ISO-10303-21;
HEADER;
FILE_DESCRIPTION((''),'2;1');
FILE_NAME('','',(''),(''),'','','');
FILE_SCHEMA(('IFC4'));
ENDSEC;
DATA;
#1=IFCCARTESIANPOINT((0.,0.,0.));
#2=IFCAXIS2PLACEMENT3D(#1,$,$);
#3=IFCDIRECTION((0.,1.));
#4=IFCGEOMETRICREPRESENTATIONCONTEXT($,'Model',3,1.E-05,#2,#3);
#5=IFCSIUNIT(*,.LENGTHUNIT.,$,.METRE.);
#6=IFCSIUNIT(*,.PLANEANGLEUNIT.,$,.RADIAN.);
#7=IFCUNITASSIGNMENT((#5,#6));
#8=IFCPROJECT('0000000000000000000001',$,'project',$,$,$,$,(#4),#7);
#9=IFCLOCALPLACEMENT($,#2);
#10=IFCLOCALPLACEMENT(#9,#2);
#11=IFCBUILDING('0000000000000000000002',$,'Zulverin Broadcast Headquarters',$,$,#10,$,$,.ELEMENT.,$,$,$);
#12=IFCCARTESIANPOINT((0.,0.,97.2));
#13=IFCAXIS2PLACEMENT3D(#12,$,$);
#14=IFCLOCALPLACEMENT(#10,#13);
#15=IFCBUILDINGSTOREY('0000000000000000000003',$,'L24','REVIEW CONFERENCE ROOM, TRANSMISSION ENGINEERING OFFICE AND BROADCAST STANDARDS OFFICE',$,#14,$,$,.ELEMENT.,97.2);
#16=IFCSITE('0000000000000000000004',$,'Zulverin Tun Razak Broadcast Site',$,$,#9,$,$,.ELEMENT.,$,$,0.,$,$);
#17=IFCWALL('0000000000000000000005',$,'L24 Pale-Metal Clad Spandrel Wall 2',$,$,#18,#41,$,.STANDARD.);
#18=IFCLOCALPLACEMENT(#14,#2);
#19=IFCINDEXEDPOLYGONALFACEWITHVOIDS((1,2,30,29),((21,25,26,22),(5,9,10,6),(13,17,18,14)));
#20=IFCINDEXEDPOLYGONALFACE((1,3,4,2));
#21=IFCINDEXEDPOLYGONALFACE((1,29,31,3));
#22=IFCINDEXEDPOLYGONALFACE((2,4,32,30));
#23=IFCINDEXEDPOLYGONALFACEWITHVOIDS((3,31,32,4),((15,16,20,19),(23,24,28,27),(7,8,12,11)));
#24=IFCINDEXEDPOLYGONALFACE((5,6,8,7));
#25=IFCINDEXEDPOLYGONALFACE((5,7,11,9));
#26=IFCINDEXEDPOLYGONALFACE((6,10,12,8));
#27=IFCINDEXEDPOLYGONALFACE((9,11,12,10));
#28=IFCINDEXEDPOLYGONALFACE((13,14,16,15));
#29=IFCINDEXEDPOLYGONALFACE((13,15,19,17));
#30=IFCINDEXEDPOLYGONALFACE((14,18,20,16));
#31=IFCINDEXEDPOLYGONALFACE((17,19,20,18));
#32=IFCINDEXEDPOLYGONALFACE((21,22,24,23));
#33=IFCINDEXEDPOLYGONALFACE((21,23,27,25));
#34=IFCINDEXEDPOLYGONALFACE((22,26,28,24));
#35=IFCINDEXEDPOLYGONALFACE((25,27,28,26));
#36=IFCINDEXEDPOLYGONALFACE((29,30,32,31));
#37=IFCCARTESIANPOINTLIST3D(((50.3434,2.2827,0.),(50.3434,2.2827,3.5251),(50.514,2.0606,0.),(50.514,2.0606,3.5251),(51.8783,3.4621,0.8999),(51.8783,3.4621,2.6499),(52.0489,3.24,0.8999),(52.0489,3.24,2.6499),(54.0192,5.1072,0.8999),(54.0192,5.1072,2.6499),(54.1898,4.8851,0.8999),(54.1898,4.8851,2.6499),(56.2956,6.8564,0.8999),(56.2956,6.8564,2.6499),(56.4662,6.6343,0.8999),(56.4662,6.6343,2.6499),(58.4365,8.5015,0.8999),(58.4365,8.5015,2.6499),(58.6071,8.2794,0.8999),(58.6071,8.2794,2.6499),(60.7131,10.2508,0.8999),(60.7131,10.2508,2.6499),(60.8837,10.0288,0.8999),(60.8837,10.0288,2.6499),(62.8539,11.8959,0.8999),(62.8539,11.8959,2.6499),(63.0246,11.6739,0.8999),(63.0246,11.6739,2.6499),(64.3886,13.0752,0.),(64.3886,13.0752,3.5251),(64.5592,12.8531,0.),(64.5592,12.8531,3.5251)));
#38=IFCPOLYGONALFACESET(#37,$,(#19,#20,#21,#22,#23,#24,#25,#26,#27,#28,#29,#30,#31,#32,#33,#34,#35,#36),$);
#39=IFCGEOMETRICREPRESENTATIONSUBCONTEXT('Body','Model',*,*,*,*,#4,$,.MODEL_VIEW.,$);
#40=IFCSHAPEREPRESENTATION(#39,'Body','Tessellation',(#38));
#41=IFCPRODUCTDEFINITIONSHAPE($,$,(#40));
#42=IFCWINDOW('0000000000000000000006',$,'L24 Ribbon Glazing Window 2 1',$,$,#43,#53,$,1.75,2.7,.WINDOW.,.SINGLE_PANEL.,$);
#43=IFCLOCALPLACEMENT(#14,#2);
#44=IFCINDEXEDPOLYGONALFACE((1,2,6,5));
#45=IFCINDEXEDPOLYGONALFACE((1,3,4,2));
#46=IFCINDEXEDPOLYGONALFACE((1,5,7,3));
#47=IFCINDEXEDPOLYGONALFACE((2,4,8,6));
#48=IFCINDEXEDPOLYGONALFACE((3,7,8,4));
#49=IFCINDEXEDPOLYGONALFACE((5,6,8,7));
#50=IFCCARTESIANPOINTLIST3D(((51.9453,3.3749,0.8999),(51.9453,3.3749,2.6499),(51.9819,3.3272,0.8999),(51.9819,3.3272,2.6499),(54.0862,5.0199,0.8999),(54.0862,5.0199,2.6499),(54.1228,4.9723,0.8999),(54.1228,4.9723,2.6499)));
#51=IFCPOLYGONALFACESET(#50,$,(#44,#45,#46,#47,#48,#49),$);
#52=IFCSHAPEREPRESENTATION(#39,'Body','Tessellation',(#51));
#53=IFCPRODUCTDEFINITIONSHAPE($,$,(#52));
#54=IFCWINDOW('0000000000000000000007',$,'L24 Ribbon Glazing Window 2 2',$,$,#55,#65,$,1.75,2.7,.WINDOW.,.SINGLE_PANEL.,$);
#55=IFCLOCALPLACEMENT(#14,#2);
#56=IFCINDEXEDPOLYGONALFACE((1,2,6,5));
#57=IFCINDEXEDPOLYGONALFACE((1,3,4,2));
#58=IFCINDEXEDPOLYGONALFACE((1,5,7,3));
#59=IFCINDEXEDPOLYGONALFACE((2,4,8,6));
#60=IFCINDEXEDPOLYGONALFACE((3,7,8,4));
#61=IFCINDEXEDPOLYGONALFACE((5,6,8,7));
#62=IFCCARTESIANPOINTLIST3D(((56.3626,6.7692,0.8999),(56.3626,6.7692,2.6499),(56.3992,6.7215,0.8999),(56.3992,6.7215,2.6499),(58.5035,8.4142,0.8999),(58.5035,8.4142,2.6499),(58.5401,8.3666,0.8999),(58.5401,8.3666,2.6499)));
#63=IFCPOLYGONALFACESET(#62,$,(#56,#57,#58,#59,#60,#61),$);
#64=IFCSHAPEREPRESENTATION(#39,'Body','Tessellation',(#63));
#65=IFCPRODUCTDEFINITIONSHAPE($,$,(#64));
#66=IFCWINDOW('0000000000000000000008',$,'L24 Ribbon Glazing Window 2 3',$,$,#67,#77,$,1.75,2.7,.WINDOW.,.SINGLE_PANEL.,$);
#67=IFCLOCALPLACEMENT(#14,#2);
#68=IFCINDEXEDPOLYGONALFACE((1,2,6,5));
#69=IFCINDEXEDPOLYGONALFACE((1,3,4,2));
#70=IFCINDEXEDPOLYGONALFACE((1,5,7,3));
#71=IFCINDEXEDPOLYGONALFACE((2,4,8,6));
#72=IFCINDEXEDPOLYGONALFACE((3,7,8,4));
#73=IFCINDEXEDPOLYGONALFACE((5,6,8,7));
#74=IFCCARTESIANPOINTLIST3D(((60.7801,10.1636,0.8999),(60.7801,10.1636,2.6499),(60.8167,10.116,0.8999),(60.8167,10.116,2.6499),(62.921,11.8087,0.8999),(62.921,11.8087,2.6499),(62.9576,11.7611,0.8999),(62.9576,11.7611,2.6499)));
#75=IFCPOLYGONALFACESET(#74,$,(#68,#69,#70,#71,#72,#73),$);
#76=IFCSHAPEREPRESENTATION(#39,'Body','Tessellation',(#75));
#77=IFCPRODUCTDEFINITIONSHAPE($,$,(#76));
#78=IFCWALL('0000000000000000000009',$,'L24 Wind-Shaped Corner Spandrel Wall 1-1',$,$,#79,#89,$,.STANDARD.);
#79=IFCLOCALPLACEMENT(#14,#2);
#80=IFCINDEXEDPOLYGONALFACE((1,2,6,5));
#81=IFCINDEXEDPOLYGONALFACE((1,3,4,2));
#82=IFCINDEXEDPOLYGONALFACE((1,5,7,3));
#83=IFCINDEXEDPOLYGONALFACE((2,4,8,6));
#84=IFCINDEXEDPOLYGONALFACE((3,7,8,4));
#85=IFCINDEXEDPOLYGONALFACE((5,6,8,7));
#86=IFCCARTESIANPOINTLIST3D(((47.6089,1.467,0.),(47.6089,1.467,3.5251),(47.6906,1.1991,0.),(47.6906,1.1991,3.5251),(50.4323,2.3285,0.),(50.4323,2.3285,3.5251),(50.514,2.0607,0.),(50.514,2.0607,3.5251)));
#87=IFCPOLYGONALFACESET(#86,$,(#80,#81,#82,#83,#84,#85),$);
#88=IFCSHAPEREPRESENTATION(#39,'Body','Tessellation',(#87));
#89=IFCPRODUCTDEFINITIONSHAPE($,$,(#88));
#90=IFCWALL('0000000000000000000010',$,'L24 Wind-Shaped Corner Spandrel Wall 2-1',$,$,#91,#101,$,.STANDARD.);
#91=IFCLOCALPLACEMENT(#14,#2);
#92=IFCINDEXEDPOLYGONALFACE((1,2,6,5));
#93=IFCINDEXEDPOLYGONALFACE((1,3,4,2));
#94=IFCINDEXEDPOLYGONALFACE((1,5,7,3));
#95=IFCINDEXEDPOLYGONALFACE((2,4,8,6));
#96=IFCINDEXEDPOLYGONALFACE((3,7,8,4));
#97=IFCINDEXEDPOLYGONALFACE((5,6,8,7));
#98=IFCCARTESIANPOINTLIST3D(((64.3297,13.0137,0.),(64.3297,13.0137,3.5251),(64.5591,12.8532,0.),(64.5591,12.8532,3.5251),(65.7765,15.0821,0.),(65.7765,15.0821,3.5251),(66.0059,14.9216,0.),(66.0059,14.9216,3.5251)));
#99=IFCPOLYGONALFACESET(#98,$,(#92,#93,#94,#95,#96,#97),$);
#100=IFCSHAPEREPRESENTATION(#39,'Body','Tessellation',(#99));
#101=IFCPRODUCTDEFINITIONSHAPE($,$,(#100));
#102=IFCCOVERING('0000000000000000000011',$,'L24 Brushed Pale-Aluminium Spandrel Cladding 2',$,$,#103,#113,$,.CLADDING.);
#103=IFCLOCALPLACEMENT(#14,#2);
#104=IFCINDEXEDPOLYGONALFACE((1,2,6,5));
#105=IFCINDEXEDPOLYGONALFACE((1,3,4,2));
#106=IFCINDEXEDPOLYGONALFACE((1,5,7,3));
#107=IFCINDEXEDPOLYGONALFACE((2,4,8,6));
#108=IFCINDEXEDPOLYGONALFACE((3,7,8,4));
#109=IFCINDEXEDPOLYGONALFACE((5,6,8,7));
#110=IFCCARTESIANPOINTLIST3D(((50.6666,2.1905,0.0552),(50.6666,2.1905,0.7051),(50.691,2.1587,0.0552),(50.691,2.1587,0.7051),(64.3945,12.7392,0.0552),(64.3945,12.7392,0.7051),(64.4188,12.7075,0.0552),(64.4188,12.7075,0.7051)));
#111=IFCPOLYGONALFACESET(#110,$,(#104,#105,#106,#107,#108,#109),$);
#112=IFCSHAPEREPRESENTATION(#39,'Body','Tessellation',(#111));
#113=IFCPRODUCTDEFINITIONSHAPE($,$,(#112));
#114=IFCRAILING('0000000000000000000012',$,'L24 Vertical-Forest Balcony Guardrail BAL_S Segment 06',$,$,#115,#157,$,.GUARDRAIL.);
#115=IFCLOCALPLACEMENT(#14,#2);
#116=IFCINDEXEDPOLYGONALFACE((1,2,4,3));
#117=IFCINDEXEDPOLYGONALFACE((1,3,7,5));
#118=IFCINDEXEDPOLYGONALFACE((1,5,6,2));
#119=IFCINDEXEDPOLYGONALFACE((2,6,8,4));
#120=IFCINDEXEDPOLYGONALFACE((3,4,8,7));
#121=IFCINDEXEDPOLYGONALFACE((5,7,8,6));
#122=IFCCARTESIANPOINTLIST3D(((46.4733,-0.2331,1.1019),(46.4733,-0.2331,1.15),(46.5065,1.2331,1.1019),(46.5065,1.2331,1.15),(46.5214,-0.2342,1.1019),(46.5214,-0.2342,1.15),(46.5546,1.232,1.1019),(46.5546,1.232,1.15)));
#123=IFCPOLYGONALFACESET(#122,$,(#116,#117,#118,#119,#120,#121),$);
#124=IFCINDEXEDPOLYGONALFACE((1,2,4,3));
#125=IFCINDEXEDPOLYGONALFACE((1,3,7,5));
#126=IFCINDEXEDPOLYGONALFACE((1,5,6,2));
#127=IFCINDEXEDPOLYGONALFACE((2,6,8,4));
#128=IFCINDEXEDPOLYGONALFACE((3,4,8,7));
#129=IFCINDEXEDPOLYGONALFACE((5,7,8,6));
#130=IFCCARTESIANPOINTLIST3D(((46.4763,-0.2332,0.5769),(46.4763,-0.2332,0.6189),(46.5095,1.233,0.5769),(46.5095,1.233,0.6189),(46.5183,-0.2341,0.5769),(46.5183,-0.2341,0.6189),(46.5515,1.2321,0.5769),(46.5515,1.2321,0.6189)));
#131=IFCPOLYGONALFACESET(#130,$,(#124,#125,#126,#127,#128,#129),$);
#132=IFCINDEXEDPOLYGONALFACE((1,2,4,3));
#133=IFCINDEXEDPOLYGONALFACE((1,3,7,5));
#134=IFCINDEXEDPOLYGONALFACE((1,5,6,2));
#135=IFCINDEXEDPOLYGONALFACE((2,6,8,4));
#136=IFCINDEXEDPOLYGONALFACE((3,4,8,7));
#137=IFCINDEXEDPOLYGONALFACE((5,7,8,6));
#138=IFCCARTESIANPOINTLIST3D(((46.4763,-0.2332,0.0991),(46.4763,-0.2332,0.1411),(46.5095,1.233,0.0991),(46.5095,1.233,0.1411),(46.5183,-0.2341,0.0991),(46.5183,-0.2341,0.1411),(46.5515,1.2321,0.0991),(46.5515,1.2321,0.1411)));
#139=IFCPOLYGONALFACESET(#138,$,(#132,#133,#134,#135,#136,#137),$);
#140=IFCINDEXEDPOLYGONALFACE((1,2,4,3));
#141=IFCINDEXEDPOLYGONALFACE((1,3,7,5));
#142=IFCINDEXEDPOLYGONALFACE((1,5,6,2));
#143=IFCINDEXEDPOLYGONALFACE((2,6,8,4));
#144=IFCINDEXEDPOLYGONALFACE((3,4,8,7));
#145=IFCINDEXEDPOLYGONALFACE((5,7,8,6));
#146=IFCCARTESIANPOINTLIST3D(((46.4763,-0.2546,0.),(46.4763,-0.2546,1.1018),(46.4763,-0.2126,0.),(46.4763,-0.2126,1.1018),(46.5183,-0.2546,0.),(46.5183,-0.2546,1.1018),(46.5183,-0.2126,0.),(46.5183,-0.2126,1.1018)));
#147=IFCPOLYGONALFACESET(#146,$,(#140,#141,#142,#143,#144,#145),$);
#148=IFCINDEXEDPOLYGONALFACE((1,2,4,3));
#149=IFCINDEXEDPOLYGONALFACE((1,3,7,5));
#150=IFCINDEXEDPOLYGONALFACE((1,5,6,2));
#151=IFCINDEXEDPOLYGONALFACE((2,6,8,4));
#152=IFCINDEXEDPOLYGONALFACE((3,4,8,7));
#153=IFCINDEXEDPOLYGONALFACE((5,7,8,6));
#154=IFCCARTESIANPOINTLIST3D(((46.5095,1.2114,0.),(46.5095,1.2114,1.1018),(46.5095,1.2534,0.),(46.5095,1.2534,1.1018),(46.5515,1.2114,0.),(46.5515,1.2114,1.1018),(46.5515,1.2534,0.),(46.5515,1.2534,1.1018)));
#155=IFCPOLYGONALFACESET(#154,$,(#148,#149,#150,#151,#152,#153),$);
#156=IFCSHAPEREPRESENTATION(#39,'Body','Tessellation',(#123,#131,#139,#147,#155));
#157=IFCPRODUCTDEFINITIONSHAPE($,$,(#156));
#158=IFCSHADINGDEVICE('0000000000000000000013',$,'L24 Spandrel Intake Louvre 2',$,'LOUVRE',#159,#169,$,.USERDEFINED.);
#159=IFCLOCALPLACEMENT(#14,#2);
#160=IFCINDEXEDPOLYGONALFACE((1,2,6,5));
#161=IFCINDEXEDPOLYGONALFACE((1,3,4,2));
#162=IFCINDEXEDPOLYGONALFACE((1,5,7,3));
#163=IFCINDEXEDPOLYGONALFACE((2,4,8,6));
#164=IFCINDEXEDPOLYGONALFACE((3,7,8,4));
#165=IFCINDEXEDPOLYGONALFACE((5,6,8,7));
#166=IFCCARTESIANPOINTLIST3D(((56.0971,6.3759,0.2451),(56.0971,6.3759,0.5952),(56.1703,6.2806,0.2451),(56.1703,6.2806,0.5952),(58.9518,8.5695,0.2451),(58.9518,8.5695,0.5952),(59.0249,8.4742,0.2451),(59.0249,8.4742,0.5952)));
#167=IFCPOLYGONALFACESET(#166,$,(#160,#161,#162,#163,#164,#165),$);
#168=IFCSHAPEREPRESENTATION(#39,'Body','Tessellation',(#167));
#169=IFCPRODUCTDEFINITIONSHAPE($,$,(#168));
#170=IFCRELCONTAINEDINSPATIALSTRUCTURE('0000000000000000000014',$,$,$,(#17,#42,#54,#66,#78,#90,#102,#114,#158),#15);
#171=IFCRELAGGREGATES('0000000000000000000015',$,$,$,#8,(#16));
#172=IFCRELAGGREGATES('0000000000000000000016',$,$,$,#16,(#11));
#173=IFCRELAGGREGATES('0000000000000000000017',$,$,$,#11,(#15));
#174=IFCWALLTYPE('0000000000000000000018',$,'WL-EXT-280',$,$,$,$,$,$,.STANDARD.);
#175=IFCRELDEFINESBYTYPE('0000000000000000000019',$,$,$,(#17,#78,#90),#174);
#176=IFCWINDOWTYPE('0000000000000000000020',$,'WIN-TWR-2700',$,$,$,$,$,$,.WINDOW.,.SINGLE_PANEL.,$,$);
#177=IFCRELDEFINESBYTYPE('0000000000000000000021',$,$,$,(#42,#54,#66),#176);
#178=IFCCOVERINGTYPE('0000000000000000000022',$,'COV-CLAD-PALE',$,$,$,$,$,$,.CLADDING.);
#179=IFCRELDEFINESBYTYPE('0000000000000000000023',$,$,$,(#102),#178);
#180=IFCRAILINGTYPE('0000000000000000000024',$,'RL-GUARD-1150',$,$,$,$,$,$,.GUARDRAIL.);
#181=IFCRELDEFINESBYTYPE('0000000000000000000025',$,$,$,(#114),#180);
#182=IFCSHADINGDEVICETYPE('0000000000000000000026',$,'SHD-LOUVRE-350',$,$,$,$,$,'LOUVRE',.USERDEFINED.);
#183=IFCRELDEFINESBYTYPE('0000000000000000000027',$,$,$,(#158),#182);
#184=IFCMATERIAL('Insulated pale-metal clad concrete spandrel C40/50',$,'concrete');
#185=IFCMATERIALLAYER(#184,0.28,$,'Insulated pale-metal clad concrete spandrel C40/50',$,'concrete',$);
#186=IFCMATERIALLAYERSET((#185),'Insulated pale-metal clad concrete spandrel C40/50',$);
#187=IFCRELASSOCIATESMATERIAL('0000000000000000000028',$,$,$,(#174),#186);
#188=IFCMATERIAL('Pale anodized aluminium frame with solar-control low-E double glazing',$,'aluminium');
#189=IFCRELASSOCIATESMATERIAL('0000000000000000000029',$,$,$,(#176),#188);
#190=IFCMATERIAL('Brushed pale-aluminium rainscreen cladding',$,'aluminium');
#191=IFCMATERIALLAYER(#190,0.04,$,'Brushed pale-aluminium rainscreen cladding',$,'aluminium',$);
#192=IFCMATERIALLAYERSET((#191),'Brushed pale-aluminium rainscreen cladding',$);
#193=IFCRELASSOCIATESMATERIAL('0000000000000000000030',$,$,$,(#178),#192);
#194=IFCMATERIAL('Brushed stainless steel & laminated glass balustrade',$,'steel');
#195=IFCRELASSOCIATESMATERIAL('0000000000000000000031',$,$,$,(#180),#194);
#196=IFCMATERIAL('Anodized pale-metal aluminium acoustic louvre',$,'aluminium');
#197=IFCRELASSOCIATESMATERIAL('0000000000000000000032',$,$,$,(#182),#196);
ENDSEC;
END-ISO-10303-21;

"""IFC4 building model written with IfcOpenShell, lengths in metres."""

from ifc_helpers import new_model, si_unit, direction, frame, frame_2d, origin, origin_2d, place, context, subcontext, project, spatial, rectangle, extrude, material, layer, layer_set, type_object, element, fill, save


model = new_model("IFC4")

# Units and contexts
model_context = context("Model", 3, precision=1e-05, world=origin(), true_north=direction((0.0, 1.0)))
body_context = subcontext(model_context, "Body", "Model", "MODEL_VIEW")
ifc_project = project(units=[si_unit("LENGTHUNIT", "METRE"), si_unit("PLANEANGLEUNIT", "RADIAN")], contexts=[model_context])

# Site, building, storey
site_placement = place(None, origin())
site = spatial("IfcSite", under=ifc_project, at=site_placement, Name="Zulverin Tun Razak Broadcast Site", CompositionType="ELEMENT", RefElevation=0.0)
building_placement = place(site_placement, origin())
building = spatial("IfcBuilding", under=site, at=building_placement, Name="Zulverin Broadcast Headquarters", CompositionType="ELEMENT")
storey_placement = place(building_placement, frame((0.0, 0.0, 97.2)))
storey = spatial("IfcBuildingStorey", under=building, at=storey_placement, Name="L24", Description="REVIEW CONFERENCE ROOM, TRANSMISSION ENGINEERING OFFICE AND BROADCAST STANDARDS OFFICE", CompositionType="ELEMENT", Elevation=97.2)

# Wall, openings, windows
ifc_material_1 = material(Name="Insulated pale-metal clad concrete spandrel C40/50", Category="concrete")
ifc_layer_1 = layer(ifc_material_1, 0.28, Name="Insulated pale-metal clad concrete spandrel C40/50", Category="concrete")
ifc_layer_set_1 = layer_set([ifc_layer_1], Name="Insulated pale-metal clad concrete spandrel C40/50")
wall_type = type_object("IfcWallType", Name="WL-EXT-280", PredefinedType="STANDARD", material=ifc_layer_set_1)
wall_1_placement = place(storey_placement, frame((50.4287, 2.1716, 0.0), z_axis=(0.0, 0.0, 1.0), x_axis=(0.792937, 0.609303, 0.0)))
wall_1 = element("IfcWall", 1, at=wall_1_placement, inside=storey, type_object=wall_type, Name="L24 Pale-Metal Clad Spandrel Wall 2", PredefinedType="STANDARD", context=body_context, shape_type="SweptSolid", body=[
    extrude(rectangle(XDim=17.7129, YDim=0.28, at=frame_2d((8.8564, 0.0))), origin(), (0.0, 0.0, 1.0), 3.5251),
])
opening_1_placement = place(wall_1_placement, frame((1.9355, 0.0, 0.8999)))
opening_1 = element("IfcOpeningElement", 2, at=opening_1_placement, cuts=wall_1, PredefinedType="OPENING", context=body_context, shape_type="SweptSolid", body=[
    extrude(rectangle(XDim=2.7, YDim=1.75, at=frame_2d((1.3501, 0.875))), frame((0.0, 0.1499, 0.0), z_axis=(0.0, -1.0, 0.0), x_axis=(1.0, 0.0, 0.0)), (0.0, 0.0, 1.0), 0.3),
])
opening_2_placement = place(wall_1_placement, frame((7.5063, 0.0, 0.8999)))
opening_2 = element("IfcOpeningElement", 3, at=opening_2_placement, cuts=wall_1, PredefinedType="OPENING", context=body_context, shape_type="SweptSolid", body=[
    extrude(rectangle(XDim=2.7, YDim=1.75, at=frame_2d((1.3501, 0.875))), frame((0.0, 0.1499, 0.0), z_axis=(0.0, -1.0, 0.0), x_axis=(1.0, 0.0, 0.0)), (0.0, 0.0, 1.0), 0.3),
])
opening_3_placement = place(wall_1_placement, frame((13.0774, 0.0, 0.8999)))
opening_3 = element("IfcOpeningElement", 4, at=opening_3_placement, cuts=wall_1, PredefinedType="OPENING", context=body_context, shape_type="SweptSolid", body=[
    extrude(rectangle(XDim=2.7, YDim=1.75, at=frame_2d((1.3501, 0.875))), frame((0.0, 0.1499, 0.0), z_axis=(0.0, -1.0, 0.0), x_axis=(1.0, 0.0, 0.0)), (0.0, 0.0, 1.0), 0.3),
])
ifc_material_2 = material(Name="Pale anodized aluminium frame with solar-control low-E double glazing", Category="aluminium")
window_type = type_object("IfcWindowType", Name="WIN-TWR-2700", PartitioningType="SINGLE_PANEL", PredefinedType="WINDOW", material=ifc_material_2)
window_1_placement = place(opening_1_placement, origin())
window_1 = element("IfcWindow", 5, at=window_1_placement, inside=storey, type_object=window_type, Name="L24 Ribbon Glazing Window 2 1", OverallHeight=1.75, OverallWidth=2.7, PartitioningType="SINGLE_PANEL", PredefinedType="WINDOW", context=body_context, shape_type="SweptSolid", body=[
    extrude(rectangle(XDim=2.7, YDim=1.75, at=frame_2d((1.3501, 0.875))), frame((0.0, 0.03, 0.0), z_axis=(0.0, -1.0, 0.0), x_axis=(1.0, 0.0, 0.0)), (0.0, 0.0, 1.0), 0.0601),
])
fill(opening_1, window_1)
window_2_placement = place(opening_2_placement, origin())
window_2 = element("IfcWindow", 6, at=window_2_placement, inside=storey, type_object=window_type, Name="L24 Ribbon Glazing Window 2 2", OverallHeight=1.75, OverallWidth=2.7, PartitioningType="SINGLE_PANEL", PredefinedType="WINDOW", context=body_context, shape_type="SweptSolid", body=[
    extrude(rectangle(XDim=2.7, YDim=1.75, at=frame_2d((1.3501, 0.875))), frame((0.0, 0.03, 0.0), z_axis=(0.0, -1.0, 0.0), x_axis=(1.0, 0.0, 0.0)), (0.0, 0.0, 1.0), 0.0601),
])
fill(opening_2, window_2)
window_3_placement = place(opening_3_placement, origin())
window_3 = element("IfcWindow", 7, at=window_3_placement, inside=storey, type_object=window_type, Name="L24 Ribbon Glazing Window 2 3", OverallHeight=1.75, OverallWidth=2.7, PartitioningType="SINGLE_PANEL", PredefinedType="WINDOW", context=body_context, shape_type="SweptSolid", body=[
    extrude(rectangle(XDim=2.7, YDim=1.75, at=frame_2d((1.3501, 0.875))), frame((0.0, 0.03, 0.0), z_axis=(0.0, -1.0, 0.0), x_axis=(1.0, 0.0, 0.0)), (0.0, 0.0, 1.0), 0.0601),
])
fill(opening_3, window_3)

# Walls
wall_2_placement = place(storey_placement, frame((47.6497, 1.333, 0.0), z_axis=(0.0, 0.0, 1.0), x_axis=(0.956461, 0.291859, 0.0)))
element("IfcWall", 8, at=wall_2_placement, inside=storey, type_object=wall_type, Name="L24 Wind-Shaped Corner Spandrel Wall 1-1", PredefinedType="STANDARD", context=body_context, shape_type="SweptSolid", body=[
    extrude(rectangle(XDim=2.9519, YDim=0.28, at=frame_2d((1.4761, 0.0))), origin(), (0.0, 0.0, 1.0), 3.5251),
])
wall_3_placement = place(storey_placement, frame((64.4443, 12.9333, 0.0), z_axis=(0.0, 0.0, 1.0), x_axis=(0.573177, 0.819432, 0.0)))
element("IfcWall", 9, at=wall_3_placement, inside=storey, type_object=wall_type, Name="L24 Wind-Shaped Corner Spandrel Wall 2-1", PredefinedType="STANDARD", context=body_context, shape_type="SweptSolid", body=[
    extrude(rectangle(XDim=2.5242, YDim=0.28, at=frame_2d((1.2622, 0.0))), origin(), (0.0, 0.0, 1.0), 3.5251),
])

# Covering
ifc_material_3 = material(Name="Brushed pale-aluminium rainscreen cladding", Category="aluminium")
ifc_layer_2 = layer(ifc_material_3, 0.04, Name="Brushed pale-aluminium rainscreen cladding", Category="aluminium")
ifc_layer_set_2 = layer_set([ifc_layer_2], Name="Brushed pale-aluminium rainscreen cladding")
covering_type = type_object("IfcCoveringType", Name="COV-CLAD-PALE", PredefinedType="CLADDING", material=ifc_layer_set_2)
covering_placement = place(storey_placement, frame((57.5427, 7.449, 0.0552), z_axis=(0.0, 0.0, 1.0), x_axis=(0.792933, 0.609308, 0.0)))
element("IfcCovering", 10, at=covering_placement, inside=storey, type_object=covering_type, Name="L24 Brushed Pale-Aluminium Spandrel Cladding 2", PredefinedType="CLADDING", context=body_context, shape_type="SweptSolid", body=[
    extrude(rectangle(XDim=17.3127, YDim=0.04, at=origin_2d()), origin(), (0.0, 0.0, 1.0), 0.6499),
])

# Railing
ifc_material_4 = material(Name="Brushed stainless steel & laminated glass balustrade", Category="steel")
railing_type = type_object("IfcRailingType", Name="RL-GUARD-1150", PredefinedType="GUARDRAIL", material=ifc_material_4)
railing_placement = place(storey_placement, frame((46.4973, -0.2336, 0.0)))
element("IfcRailing", 11, at=railing_placement, inside=storey, type_object=railing_type, Name="L24 Vertical-Forest Balcony Guardrail BAL_S Segment 06", PredefinedType="GUARDRAIL", context=body_context, shape_type="SweptSolid", body=[
    extrude(rectangle(XDim=0.0481, YDim=0.0481, at=origin_2d()), frame((0.0, 0.0, 1.126), z_axis=(0.022642, 0.999744, 0.0), x_axis=(-0.999744, 0.022642, 0.0)), (0.0, 0.0, 1.0), 1.4666),
    extrude(rectangle(XDim=0.042, YDim=0.042, at=origin_2d()), frame((0.0, 0.0, 0.5979), z_axis=(0.022642, 0.999744, 0.0), x_axis=(-0.999744, 0.022642, 0.0)), (0.0, 0.0, 1.0), 1.4666),
    extrude(rectangle(XDim=0.042, YDim=0.042, at=origin_2d()), frame((0.0, 0.0, 0.1201), z_axis=(0.022642, 0.999744, 0.0), x_axis=(-0.999744, 0.022642, 0.0)), (0.0, 0.0, 1.0), 1.4666),
    extrude(rectangle(XDim=0.042, YDim=0.042, at=origin_2d()), origin(), (0.0, 0.0, 1.0), 1.1018),
    extrude(rectangle(XDim=0.042, YDim=0.042, at=origin_2d()), frame((0.0332, 1.4661, 0.0)), (0.0, 0.0, 1.0), 1.1018),
])

# Shading device
ifc_material_5 = material(Name="Anodized pale-metal aluminium acoustic louvre", Category="aluminium")
shading_device_type_1 = type_object("IfcShadingDeviceType", Name="SHD-LOUVRE-350", ElementType="LOUVRE", PredefinedType="USERDEFINED", material=ifc_material_5)
shading_device_1_placement = place(storey_placement, frame((57.561, 7.425, 0.2451), z_axis=(0.0, 0.0, 1.0), x_axis=(0.792933, 0.609308, 0.0)))
element("IfcShadingDevice", 12, at=shading_device_1_placement, inside=storey, type_object=shading_device_type_1, Name="L24 Spandrel Intake Louvre 2", ObjectType="LOUVRE", PredefinedType="USERDEFINED", context=body_context, shape_type="SweptSolid", body=[
    extrude(rectangle(XDim=3.6001, YDim=0.1201, at=origin_2d()), origin(), (0.0, 0.0, 1.0), 0.3501),
])

save(model, "model.ifc")
